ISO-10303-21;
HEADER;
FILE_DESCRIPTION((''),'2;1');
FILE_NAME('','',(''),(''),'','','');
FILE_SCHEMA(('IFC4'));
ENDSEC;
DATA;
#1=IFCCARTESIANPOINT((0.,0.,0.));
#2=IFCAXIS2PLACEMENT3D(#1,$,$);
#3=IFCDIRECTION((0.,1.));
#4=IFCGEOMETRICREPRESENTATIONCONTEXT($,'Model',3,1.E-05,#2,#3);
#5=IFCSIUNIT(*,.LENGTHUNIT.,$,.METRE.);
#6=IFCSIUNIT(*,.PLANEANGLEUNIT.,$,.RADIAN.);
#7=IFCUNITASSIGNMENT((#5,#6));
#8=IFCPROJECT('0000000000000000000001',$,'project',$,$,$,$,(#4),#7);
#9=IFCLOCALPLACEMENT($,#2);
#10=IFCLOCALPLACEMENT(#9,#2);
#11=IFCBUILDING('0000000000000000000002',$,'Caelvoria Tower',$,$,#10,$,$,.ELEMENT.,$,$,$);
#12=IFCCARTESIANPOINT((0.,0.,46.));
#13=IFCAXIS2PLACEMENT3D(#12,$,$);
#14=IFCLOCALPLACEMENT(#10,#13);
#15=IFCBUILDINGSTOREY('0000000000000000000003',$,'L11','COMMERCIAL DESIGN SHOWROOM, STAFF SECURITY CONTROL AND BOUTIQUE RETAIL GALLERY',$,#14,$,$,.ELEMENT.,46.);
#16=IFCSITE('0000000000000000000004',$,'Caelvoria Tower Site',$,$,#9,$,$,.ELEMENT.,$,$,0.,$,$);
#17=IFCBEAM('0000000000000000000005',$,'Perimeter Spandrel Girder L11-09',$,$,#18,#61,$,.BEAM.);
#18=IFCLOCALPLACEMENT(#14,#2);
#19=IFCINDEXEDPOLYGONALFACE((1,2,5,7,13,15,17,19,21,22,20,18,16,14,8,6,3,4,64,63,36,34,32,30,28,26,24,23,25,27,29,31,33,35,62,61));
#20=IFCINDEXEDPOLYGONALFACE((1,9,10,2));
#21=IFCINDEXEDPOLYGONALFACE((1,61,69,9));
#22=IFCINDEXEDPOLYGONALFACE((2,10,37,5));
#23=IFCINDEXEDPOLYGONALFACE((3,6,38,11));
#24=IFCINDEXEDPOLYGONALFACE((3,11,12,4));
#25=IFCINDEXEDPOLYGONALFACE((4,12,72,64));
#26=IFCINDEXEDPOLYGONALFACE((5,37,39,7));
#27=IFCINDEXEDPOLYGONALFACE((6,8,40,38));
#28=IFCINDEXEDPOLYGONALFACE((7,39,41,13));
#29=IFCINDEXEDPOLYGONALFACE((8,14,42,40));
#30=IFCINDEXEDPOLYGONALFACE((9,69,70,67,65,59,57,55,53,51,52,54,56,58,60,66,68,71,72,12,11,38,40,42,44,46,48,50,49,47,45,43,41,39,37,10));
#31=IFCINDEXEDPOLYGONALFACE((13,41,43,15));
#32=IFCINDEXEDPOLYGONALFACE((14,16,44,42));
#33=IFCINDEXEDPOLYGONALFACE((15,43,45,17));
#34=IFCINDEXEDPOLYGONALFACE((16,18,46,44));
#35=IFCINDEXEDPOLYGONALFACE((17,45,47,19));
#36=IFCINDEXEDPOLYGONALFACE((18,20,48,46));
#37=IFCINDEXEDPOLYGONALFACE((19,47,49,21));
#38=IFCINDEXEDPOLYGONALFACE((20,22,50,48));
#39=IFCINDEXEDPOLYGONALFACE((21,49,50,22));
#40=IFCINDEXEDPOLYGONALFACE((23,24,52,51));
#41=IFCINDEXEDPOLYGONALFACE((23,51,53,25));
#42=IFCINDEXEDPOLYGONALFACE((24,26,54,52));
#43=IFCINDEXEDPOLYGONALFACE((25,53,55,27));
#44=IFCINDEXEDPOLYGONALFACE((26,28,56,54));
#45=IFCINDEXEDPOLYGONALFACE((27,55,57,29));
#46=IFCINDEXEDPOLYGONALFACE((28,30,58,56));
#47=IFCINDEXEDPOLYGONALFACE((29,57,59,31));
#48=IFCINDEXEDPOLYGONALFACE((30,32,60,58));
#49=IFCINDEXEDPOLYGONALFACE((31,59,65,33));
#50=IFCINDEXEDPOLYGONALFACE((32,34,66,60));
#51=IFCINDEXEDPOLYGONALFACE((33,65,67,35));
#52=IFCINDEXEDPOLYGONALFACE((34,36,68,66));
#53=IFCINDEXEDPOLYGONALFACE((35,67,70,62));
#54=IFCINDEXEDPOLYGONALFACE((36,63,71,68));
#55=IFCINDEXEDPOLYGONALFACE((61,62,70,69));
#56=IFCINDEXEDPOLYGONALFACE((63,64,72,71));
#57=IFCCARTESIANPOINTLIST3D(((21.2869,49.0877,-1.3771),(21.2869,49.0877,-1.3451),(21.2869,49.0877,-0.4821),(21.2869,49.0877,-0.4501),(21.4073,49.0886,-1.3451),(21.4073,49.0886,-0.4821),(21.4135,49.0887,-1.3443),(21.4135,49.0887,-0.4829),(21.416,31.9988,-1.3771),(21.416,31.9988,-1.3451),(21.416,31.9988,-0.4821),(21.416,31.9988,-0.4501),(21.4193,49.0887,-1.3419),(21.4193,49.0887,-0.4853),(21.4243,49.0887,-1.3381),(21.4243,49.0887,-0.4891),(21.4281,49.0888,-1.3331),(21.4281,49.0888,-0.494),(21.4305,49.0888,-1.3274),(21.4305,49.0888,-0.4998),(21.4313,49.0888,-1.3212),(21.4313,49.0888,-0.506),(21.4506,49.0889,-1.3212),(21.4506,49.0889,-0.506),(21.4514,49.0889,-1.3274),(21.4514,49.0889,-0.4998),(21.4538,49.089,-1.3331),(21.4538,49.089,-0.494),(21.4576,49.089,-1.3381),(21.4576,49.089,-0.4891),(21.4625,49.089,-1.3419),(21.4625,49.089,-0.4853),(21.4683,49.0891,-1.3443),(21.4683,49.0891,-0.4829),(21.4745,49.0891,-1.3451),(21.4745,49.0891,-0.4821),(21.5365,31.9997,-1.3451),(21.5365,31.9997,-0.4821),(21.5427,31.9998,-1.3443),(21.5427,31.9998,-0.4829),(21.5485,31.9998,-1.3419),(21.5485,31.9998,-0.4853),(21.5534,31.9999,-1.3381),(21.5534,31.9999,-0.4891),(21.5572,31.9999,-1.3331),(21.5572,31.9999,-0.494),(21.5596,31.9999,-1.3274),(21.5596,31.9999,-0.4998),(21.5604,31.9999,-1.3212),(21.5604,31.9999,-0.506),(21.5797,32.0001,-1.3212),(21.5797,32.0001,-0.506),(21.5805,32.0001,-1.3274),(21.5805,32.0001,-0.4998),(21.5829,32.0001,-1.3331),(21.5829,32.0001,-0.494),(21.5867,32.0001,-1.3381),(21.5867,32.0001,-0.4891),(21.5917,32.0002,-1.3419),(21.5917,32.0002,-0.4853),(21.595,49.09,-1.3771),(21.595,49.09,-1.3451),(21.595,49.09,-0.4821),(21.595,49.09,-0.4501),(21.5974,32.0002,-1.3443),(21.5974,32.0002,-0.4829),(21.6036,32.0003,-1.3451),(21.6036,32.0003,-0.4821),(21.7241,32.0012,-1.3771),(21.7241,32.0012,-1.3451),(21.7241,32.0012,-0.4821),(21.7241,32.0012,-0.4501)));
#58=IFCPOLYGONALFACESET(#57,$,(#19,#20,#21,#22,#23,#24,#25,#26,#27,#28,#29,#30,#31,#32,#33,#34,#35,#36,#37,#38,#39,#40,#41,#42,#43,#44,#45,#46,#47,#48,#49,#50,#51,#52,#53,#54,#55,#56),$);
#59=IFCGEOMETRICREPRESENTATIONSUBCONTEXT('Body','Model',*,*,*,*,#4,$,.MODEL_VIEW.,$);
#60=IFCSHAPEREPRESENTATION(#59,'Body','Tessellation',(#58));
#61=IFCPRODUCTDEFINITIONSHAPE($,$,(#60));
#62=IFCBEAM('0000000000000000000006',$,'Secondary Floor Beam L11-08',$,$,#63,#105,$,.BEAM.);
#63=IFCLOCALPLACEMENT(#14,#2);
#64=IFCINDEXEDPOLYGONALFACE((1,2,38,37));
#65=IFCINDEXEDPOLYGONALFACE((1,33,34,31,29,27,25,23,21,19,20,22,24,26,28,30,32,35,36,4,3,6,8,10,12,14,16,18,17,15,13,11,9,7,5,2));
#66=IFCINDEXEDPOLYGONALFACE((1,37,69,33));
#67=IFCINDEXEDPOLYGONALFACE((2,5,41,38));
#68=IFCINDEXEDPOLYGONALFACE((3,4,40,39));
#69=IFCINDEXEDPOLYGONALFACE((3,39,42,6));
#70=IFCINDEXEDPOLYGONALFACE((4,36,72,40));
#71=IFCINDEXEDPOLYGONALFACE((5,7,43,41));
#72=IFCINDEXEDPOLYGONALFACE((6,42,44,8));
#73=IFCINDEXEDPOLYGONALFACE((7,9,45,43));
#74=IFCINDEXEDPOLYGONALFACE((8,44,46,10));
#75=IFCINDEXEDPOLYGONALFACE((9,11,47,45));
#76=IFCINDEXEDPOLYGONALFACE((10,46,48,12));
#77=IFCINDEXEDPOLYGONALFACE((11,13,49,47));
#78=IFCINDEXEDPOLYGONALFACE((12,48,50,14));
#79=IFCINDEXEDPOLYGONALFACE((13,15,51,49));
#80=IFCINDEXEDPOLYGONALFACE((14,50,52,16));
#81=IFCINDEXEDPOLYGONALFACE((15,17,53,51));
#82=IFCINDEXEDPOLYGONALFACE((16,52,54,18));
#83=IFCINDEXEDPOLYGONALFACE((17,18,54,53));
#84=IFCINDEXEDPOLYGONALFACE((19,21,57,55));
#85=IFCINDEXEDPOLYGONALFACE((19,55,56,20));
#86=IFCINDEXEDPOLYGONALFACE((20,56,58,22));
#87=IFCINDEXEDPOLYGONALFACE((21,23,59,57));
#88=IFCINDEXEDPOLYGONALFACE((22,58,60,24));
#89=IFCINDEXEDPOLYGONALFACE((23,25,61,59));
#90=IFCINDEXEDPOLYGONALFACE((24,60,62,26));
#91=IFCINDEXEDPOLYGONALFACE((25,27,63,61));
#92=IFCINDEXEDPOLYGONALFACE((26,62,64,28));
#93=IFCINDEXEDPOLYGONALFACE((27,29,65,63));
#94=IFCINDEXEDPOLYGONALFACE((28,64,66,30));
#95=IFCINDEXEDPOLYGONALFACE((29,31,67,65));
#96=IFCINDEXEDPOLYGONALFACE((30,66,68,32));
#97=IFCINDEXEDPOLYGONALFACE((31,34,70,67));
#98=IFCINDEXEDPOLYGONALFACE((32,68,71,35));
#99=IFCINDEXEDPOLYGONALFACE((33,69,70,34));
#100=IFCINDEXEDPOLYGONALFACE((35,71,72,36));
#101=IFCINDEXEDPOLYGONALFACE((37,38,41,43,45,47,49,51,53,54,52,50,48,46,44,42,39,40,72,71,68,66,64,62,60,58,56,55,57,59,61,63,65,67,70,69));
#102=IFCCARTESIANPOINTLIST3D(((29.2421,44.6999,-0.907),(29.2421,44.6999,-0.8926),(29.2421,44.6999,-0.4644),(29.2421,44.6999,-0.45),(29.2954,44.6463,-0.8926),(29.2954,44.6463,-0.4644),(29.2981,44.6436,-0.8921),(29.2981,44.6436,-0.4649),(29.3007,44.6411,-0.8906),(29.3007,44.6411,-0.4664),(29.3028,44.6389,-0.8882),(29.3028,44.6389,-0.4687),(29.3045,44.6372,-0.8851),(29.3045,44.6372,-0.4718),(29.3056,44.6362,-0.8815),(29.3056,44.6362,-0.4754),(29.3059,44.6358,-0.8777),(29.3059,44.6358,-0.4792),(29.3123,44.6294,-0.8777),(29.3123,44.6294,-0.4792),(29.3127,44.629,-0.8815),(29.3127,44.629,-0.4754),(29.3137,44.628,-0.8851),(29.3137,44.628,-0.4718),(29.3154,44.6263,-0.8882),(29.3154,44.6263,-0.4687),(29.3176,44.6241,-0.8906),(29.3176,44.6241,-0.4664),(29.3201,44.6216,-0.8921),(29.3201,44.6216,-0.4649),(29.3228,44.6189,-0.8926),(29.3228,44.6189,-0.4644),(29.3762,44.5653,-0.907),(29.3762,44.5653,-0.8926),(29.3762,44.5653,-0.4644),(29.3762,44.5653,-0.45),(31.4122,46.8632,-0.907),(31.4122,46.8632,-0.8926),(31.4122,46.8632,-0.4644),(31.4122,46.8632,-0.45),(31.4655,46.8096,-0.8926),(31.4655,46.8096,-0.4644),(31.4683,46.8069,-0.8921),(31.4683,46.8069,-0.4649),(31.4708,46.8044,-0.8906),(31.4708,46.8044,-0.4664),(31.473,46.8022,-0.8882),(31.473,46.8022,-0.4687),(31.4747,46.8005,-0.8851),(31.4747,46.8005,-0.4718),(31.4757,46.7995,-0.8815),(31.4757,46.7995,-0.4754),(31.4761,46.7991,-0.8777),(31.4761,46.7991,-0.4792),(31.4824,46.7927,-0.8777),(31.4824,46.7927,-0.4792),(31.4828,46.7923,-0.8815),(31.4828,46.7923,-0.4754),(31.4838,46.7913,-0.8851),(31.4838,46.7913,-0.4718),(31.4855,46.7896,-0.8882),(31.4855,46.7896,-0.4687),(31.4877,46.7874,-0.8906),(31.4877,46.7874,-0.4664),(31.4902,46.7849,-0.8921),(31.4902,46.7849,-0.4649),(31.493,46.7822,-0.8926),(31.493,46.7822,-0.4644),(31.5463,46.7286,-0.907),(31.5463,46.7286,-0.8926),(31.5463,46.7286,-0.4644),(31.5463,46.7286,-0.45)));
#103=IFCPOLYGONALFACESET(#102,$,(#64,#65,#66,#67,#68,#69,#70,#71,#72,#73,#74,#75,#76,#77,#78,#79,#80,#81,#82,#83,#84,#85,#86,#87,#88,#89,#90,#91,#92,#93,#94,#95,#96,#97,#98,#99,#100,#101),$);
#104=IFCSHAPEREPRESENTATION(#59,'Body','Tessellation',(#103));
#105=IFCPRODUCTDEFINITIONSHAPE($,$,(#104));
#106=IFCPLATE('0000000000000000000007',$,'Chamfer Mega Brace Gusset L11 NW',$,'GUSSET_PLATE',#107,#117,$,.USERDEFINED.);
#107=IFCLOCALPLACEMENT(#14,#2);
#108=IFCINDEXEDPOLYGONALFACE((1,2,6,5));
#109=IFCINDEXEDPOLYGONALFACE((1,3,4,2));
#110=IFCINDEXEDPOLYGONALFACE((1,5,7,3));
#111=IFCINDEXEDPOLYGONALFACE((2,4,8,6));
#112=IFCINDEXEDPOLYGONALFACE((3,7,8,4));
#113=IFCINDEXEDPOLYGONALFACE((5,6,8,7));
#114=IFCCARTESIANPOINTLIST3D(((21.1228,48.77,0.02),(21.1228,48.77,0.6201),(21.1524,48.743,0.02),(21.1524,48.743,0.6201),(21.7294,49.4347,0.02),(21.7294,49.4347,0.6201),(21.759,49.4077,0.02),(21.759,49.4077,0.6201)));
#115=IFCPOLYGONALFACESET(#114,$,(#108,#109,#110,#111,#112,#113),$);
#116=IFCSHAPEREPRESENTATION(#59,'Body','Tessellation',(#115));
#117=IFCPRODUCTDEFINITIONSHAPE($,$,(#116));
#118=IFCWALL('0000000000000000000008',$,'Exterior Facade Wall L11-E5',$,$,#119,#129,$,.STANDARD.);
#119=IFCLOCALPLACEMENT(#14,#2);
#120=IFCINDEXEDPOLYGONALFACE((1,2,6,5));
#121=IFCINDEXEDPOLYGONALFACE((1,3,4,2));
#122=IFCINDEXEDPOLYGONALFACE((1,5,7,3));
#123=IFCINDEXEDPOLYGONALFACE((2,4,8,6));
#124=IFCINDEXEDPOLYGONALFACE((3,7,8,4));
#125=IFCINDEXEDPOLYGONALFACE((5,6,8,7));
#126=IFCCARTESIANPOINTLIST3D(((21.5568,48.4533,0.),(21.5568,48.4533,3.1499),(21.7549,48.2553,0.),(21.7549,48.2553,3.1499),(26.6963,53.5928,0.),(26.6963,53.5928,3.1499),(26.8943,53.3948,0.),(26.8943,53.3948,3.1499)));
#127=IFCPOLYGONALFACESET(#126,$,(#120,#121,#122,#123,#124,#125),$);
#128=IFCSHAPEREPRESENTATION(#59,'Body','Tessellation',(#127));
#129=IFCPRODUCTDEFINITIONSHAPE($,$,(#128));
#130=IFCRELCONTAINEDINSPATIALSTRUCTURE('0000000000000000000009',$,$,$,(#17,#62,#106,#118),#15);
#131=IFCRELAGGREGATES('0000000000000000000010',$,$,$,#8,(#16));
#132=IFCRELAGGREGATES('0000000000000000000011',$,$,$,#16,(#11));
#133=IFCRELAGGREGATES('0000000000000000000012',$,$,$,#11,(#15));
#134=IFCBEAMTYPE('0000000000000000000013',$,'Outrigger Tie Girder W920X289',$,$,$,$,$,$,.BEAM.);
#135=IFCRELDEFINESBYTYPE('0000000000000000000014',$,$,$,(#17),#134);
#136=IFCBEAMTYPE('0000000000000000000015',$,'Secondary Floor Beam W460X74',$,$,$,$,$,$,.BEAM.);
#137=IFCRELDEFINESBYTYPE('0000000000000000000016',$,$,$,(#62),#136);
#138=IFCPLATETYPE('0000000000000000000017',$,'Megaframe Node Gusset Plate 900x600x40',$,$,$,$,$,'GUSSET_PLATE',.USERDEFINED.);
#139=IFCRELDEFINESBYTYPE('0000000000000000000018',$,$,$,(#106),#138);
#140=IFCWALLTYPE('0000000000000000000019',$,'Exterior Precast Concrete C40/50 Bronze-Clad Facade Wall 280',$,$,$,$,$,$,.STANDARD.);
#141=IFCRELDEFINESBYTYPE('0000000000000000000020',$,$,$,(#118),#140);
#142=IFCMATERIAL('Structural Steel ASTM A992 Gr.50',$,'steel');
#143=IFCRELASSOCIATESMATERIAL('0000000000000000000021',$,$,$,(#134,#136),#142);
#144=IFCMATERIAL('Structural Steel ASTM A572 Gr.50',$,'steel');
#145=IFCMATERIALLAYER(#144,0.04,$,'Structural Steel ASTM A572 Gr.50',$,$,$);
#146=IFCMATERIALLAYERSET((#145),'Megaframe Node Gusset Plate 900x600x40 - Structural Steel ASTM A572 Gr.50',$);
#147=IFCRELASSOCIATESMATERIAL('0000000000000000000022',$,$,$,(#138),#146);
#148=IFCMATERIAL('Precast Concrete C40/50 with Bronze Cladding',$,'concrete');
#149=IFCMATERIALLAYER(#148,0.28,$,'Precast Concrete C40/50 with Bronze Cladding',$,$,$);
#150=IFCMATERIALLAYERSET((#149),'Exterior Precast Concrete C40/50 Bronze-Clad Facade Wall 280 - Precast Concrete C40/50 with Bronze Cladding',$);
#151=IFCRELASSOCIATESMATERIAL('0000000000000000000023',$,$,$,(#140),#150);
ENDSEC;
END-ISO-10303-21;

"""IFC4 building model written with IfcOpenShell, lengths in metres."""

from ifc_helpers import new_model, si_unit, direction, frame, frame_2d, origin, origin_2d, place, context, subcontext, project, spatial, rectangle, i_section, extrude, material, layer, layer_set, material_profile, profile_set, type_object, element, save


model = new_model("IFC4")

# Units and contexts
model_context = context("Model", 3, precision=1e-05, world=origin(), true_north=direction((0.0, 1.0)))
body_context = subcontext(model_context, "Body", "Model", "MODEL_VIEW")
ifc_project = project(units=[si_unit("LENGTHUNIT", "METRE"), si_unit("PLANEANGLEUNIT", "RADIAN")], contexts=[model_context])

# Site, building, storey
site_placement = place(None, origin())
site = spatial("IfcSite", under=ifc_project, at=site_placement, Name="Caelvoria Tower Site", CompositionType="ELEMENT", RefElevation=0.0)
building_placement = place(site_placement, origin())
building = spatial("IfcBuilding", under=site, at=building_placement, Name="Caelvoria Tower", CompositionType="ELEMENT")
storey_placement = place(building_placement, frame((0.0, 0.0, 46.0)))
storey = spatial("IfcBuildingStorey", under=building, at=storey_placement, Name="L11", Description="COMMERCIAL DESIGN SHOWROOM, STAFF SECURITY CONTROL AND BOUTIQUE RETAIL GALLERY", CompositionType="ELEMENT", Elevation=46.0)

# Shared definitions
ifc_material_1 = material(Name="Structural Steel ASTM A572 Gr.50", Category="steel")

# Beams
ifc_material_2 = material(Name="Structural Steel ASTM A992 Gr.50", Category="steel")
ifc_material_profile_1 = material_profile(ifc_material_2, i_section(OverallWidth=0.3081, OverallDepth=0.927, WebThickness=0.0193, FlangeThickness=0.032, FilletRadius=0.0239, at=origin_2d()), Name="Structural Steel ASTM A992 Gr.50")
ifc_profile_set_1 = profile_set([ifc_material_profile_1], Name="W920X289 - Structural Steel ASTM A992 Gr.50")
beam_type_1 = type_object("IfcBeamType", Name="Outrigger Tie Girder W920X289", PredefinedType="BEAM", material=ifc_profile_set_1)
beam_1_placement = place(storey_placement, frame((21.4409, 49.0889, -0.9136), z_axis=(0.007557, -0.999971, 0.0), x_axis=(0.999971, 0.007557, 0.0)))
element("IfcBeam", 1, at=beam_1_placement, inside=storey, type_object=beam_type_1, Name="Perimeter Spandrel Girder L11-09", PredefinedType="BEAM", context=body_context, shape_type="SweptSolid", body=[
    extrude(i_section(OverallWidth=0.3081, OverallDepth=0.927, WebThickness=0.0193, FlangeThickness=0.032, FilletRadius=0.0239, at=origin_2d()), origin(), (0.0, 0.0, 1.0), 17.0894),
])
ifc_material_profile_2 = material_profile(ifc_material_2, i_section(OverallWidth=0.1899, OverallDepth=0.457, WebThickness=0.009, FlangeThickness=0.0144, FilletRadius=0.0149, at=origin_2d()), Name="Structural Steel ASTM A992 Gr.50")
ifc_profile_set_2 = profile_set([ifc_material_profile_2], Name="W460X74 - Structural Steel ASTM A992 Gr.50")
beam_type_2 = type_object("IfcBeamType", Name="Secondary Floor Beam W460X74", PredefinedType="BEAM", material=ifc_profile_set_2)
beam_2_placement = place(storey_placement, frame((31.4792, 46.7959, -0.6785), z_axis=(-0.708221, -0.70599, 0.0), x_axis=(0.70599, -0.708221, 0.0)))
element("IfcBeam", 2, at=beam_2_placement, inside=storey, type_object=beam_type_2, Name="Secondary Floor Beam L11-08", PredefinedType="BEAM", context=body_context, shape_type="SweptSolid", body=[
    extrude(i_section(OverallWidth=0.1899, OverallDepth=0.457, WebThickness=0.009, FlangeThickness=0.0144, FilletRadius=0.0149, at=origin_2d()), origin(), (0.0, 0.0, 1.0), 3.0642),
])

# Plate
ifc_layer_1 = layer(ifc_material_1, 0.04, Name="Structural Steel ASTM A572 Gr.50")
ifc_layer_set_1 = layer_set([ifc_layer_1], Name="Megaframe Node Gusset Plate 900x600x40 - Structural Steel ASTM A572 Gr.50")
plate_type = type_object("IfcPlateType", Name="Megaframe Node Gusset Plate 900x600x40", ElementType="GUSSET_PLATE", PredefinedType="USERDEFINED", material=ifc_layer_set_1)
plate_placement = place(storey_placement, frame((21.4409, 49.0889, 0.02), z_axis=(0.0, 0.0, 1.0), x_axis=(0.674081, 0.738658, 0.0)))
element("IfcPlate", 3, at=plate_placement, inside=storey, type_object=plate_type, Name="Chamfer Mega Brace Gusset L11 NW", ObjectType="GUSSET_PLATE", PredefinedType="USERDEFINED", context=body_context, shape_type="SweptSolid", body=[
    extrude(rectangle(XDim=0.8999, YDim=0.04, at=origin_2d()), origin(), (0.0, 0.0, 1.0), 0.6001),
])

# Wall
ifc_material_3 = material(Name="Precast Concrete C40/50 with Bronze Cladding", Category="concrete")
ifc_layer_2 = layer(ifc_material_3, 0.28, Name="Precast Concrete C40/50 with Bronze Cladding")
ifc_layer_set_2 = layer_set([ifc_layer_2], Name="Exterior Precast Concrete C40/50 Bronze-Clad Facade Wall 280 - Precast Concrete C40/50 with Bronze Cladding")
wall_type = type_object("IfcWallType", Name="Exterior Precast Concrete C40/50 Bronze-Clad Facade Wall 280", PredefinedType="STANDARD", material=ifc_layer_set_2)
wall_1_placement = place(storey_placement, frame((26.7954, 53.4939, 0.0), z_axis=(0.0, 0.0, 1.0), x_axis=(-0.707107, -0.707107, 0.0)))
element("IfcWall", 4, at=wall_1_placement, inside=storey, type_object=wall_type, Name="Exterior Facade Wall L11-E5", PredefinedType="STANDARD", context=body_context, shape_type="SweptSolid", body=[
    extrude(rectangle(XDim=7.2683, YDim=0.28, at=frame_2d((3.6343, 0.0))), origin(), (0.0, 0.0, 1.0), 3.1499),
])

save(model, "model.ifc")
